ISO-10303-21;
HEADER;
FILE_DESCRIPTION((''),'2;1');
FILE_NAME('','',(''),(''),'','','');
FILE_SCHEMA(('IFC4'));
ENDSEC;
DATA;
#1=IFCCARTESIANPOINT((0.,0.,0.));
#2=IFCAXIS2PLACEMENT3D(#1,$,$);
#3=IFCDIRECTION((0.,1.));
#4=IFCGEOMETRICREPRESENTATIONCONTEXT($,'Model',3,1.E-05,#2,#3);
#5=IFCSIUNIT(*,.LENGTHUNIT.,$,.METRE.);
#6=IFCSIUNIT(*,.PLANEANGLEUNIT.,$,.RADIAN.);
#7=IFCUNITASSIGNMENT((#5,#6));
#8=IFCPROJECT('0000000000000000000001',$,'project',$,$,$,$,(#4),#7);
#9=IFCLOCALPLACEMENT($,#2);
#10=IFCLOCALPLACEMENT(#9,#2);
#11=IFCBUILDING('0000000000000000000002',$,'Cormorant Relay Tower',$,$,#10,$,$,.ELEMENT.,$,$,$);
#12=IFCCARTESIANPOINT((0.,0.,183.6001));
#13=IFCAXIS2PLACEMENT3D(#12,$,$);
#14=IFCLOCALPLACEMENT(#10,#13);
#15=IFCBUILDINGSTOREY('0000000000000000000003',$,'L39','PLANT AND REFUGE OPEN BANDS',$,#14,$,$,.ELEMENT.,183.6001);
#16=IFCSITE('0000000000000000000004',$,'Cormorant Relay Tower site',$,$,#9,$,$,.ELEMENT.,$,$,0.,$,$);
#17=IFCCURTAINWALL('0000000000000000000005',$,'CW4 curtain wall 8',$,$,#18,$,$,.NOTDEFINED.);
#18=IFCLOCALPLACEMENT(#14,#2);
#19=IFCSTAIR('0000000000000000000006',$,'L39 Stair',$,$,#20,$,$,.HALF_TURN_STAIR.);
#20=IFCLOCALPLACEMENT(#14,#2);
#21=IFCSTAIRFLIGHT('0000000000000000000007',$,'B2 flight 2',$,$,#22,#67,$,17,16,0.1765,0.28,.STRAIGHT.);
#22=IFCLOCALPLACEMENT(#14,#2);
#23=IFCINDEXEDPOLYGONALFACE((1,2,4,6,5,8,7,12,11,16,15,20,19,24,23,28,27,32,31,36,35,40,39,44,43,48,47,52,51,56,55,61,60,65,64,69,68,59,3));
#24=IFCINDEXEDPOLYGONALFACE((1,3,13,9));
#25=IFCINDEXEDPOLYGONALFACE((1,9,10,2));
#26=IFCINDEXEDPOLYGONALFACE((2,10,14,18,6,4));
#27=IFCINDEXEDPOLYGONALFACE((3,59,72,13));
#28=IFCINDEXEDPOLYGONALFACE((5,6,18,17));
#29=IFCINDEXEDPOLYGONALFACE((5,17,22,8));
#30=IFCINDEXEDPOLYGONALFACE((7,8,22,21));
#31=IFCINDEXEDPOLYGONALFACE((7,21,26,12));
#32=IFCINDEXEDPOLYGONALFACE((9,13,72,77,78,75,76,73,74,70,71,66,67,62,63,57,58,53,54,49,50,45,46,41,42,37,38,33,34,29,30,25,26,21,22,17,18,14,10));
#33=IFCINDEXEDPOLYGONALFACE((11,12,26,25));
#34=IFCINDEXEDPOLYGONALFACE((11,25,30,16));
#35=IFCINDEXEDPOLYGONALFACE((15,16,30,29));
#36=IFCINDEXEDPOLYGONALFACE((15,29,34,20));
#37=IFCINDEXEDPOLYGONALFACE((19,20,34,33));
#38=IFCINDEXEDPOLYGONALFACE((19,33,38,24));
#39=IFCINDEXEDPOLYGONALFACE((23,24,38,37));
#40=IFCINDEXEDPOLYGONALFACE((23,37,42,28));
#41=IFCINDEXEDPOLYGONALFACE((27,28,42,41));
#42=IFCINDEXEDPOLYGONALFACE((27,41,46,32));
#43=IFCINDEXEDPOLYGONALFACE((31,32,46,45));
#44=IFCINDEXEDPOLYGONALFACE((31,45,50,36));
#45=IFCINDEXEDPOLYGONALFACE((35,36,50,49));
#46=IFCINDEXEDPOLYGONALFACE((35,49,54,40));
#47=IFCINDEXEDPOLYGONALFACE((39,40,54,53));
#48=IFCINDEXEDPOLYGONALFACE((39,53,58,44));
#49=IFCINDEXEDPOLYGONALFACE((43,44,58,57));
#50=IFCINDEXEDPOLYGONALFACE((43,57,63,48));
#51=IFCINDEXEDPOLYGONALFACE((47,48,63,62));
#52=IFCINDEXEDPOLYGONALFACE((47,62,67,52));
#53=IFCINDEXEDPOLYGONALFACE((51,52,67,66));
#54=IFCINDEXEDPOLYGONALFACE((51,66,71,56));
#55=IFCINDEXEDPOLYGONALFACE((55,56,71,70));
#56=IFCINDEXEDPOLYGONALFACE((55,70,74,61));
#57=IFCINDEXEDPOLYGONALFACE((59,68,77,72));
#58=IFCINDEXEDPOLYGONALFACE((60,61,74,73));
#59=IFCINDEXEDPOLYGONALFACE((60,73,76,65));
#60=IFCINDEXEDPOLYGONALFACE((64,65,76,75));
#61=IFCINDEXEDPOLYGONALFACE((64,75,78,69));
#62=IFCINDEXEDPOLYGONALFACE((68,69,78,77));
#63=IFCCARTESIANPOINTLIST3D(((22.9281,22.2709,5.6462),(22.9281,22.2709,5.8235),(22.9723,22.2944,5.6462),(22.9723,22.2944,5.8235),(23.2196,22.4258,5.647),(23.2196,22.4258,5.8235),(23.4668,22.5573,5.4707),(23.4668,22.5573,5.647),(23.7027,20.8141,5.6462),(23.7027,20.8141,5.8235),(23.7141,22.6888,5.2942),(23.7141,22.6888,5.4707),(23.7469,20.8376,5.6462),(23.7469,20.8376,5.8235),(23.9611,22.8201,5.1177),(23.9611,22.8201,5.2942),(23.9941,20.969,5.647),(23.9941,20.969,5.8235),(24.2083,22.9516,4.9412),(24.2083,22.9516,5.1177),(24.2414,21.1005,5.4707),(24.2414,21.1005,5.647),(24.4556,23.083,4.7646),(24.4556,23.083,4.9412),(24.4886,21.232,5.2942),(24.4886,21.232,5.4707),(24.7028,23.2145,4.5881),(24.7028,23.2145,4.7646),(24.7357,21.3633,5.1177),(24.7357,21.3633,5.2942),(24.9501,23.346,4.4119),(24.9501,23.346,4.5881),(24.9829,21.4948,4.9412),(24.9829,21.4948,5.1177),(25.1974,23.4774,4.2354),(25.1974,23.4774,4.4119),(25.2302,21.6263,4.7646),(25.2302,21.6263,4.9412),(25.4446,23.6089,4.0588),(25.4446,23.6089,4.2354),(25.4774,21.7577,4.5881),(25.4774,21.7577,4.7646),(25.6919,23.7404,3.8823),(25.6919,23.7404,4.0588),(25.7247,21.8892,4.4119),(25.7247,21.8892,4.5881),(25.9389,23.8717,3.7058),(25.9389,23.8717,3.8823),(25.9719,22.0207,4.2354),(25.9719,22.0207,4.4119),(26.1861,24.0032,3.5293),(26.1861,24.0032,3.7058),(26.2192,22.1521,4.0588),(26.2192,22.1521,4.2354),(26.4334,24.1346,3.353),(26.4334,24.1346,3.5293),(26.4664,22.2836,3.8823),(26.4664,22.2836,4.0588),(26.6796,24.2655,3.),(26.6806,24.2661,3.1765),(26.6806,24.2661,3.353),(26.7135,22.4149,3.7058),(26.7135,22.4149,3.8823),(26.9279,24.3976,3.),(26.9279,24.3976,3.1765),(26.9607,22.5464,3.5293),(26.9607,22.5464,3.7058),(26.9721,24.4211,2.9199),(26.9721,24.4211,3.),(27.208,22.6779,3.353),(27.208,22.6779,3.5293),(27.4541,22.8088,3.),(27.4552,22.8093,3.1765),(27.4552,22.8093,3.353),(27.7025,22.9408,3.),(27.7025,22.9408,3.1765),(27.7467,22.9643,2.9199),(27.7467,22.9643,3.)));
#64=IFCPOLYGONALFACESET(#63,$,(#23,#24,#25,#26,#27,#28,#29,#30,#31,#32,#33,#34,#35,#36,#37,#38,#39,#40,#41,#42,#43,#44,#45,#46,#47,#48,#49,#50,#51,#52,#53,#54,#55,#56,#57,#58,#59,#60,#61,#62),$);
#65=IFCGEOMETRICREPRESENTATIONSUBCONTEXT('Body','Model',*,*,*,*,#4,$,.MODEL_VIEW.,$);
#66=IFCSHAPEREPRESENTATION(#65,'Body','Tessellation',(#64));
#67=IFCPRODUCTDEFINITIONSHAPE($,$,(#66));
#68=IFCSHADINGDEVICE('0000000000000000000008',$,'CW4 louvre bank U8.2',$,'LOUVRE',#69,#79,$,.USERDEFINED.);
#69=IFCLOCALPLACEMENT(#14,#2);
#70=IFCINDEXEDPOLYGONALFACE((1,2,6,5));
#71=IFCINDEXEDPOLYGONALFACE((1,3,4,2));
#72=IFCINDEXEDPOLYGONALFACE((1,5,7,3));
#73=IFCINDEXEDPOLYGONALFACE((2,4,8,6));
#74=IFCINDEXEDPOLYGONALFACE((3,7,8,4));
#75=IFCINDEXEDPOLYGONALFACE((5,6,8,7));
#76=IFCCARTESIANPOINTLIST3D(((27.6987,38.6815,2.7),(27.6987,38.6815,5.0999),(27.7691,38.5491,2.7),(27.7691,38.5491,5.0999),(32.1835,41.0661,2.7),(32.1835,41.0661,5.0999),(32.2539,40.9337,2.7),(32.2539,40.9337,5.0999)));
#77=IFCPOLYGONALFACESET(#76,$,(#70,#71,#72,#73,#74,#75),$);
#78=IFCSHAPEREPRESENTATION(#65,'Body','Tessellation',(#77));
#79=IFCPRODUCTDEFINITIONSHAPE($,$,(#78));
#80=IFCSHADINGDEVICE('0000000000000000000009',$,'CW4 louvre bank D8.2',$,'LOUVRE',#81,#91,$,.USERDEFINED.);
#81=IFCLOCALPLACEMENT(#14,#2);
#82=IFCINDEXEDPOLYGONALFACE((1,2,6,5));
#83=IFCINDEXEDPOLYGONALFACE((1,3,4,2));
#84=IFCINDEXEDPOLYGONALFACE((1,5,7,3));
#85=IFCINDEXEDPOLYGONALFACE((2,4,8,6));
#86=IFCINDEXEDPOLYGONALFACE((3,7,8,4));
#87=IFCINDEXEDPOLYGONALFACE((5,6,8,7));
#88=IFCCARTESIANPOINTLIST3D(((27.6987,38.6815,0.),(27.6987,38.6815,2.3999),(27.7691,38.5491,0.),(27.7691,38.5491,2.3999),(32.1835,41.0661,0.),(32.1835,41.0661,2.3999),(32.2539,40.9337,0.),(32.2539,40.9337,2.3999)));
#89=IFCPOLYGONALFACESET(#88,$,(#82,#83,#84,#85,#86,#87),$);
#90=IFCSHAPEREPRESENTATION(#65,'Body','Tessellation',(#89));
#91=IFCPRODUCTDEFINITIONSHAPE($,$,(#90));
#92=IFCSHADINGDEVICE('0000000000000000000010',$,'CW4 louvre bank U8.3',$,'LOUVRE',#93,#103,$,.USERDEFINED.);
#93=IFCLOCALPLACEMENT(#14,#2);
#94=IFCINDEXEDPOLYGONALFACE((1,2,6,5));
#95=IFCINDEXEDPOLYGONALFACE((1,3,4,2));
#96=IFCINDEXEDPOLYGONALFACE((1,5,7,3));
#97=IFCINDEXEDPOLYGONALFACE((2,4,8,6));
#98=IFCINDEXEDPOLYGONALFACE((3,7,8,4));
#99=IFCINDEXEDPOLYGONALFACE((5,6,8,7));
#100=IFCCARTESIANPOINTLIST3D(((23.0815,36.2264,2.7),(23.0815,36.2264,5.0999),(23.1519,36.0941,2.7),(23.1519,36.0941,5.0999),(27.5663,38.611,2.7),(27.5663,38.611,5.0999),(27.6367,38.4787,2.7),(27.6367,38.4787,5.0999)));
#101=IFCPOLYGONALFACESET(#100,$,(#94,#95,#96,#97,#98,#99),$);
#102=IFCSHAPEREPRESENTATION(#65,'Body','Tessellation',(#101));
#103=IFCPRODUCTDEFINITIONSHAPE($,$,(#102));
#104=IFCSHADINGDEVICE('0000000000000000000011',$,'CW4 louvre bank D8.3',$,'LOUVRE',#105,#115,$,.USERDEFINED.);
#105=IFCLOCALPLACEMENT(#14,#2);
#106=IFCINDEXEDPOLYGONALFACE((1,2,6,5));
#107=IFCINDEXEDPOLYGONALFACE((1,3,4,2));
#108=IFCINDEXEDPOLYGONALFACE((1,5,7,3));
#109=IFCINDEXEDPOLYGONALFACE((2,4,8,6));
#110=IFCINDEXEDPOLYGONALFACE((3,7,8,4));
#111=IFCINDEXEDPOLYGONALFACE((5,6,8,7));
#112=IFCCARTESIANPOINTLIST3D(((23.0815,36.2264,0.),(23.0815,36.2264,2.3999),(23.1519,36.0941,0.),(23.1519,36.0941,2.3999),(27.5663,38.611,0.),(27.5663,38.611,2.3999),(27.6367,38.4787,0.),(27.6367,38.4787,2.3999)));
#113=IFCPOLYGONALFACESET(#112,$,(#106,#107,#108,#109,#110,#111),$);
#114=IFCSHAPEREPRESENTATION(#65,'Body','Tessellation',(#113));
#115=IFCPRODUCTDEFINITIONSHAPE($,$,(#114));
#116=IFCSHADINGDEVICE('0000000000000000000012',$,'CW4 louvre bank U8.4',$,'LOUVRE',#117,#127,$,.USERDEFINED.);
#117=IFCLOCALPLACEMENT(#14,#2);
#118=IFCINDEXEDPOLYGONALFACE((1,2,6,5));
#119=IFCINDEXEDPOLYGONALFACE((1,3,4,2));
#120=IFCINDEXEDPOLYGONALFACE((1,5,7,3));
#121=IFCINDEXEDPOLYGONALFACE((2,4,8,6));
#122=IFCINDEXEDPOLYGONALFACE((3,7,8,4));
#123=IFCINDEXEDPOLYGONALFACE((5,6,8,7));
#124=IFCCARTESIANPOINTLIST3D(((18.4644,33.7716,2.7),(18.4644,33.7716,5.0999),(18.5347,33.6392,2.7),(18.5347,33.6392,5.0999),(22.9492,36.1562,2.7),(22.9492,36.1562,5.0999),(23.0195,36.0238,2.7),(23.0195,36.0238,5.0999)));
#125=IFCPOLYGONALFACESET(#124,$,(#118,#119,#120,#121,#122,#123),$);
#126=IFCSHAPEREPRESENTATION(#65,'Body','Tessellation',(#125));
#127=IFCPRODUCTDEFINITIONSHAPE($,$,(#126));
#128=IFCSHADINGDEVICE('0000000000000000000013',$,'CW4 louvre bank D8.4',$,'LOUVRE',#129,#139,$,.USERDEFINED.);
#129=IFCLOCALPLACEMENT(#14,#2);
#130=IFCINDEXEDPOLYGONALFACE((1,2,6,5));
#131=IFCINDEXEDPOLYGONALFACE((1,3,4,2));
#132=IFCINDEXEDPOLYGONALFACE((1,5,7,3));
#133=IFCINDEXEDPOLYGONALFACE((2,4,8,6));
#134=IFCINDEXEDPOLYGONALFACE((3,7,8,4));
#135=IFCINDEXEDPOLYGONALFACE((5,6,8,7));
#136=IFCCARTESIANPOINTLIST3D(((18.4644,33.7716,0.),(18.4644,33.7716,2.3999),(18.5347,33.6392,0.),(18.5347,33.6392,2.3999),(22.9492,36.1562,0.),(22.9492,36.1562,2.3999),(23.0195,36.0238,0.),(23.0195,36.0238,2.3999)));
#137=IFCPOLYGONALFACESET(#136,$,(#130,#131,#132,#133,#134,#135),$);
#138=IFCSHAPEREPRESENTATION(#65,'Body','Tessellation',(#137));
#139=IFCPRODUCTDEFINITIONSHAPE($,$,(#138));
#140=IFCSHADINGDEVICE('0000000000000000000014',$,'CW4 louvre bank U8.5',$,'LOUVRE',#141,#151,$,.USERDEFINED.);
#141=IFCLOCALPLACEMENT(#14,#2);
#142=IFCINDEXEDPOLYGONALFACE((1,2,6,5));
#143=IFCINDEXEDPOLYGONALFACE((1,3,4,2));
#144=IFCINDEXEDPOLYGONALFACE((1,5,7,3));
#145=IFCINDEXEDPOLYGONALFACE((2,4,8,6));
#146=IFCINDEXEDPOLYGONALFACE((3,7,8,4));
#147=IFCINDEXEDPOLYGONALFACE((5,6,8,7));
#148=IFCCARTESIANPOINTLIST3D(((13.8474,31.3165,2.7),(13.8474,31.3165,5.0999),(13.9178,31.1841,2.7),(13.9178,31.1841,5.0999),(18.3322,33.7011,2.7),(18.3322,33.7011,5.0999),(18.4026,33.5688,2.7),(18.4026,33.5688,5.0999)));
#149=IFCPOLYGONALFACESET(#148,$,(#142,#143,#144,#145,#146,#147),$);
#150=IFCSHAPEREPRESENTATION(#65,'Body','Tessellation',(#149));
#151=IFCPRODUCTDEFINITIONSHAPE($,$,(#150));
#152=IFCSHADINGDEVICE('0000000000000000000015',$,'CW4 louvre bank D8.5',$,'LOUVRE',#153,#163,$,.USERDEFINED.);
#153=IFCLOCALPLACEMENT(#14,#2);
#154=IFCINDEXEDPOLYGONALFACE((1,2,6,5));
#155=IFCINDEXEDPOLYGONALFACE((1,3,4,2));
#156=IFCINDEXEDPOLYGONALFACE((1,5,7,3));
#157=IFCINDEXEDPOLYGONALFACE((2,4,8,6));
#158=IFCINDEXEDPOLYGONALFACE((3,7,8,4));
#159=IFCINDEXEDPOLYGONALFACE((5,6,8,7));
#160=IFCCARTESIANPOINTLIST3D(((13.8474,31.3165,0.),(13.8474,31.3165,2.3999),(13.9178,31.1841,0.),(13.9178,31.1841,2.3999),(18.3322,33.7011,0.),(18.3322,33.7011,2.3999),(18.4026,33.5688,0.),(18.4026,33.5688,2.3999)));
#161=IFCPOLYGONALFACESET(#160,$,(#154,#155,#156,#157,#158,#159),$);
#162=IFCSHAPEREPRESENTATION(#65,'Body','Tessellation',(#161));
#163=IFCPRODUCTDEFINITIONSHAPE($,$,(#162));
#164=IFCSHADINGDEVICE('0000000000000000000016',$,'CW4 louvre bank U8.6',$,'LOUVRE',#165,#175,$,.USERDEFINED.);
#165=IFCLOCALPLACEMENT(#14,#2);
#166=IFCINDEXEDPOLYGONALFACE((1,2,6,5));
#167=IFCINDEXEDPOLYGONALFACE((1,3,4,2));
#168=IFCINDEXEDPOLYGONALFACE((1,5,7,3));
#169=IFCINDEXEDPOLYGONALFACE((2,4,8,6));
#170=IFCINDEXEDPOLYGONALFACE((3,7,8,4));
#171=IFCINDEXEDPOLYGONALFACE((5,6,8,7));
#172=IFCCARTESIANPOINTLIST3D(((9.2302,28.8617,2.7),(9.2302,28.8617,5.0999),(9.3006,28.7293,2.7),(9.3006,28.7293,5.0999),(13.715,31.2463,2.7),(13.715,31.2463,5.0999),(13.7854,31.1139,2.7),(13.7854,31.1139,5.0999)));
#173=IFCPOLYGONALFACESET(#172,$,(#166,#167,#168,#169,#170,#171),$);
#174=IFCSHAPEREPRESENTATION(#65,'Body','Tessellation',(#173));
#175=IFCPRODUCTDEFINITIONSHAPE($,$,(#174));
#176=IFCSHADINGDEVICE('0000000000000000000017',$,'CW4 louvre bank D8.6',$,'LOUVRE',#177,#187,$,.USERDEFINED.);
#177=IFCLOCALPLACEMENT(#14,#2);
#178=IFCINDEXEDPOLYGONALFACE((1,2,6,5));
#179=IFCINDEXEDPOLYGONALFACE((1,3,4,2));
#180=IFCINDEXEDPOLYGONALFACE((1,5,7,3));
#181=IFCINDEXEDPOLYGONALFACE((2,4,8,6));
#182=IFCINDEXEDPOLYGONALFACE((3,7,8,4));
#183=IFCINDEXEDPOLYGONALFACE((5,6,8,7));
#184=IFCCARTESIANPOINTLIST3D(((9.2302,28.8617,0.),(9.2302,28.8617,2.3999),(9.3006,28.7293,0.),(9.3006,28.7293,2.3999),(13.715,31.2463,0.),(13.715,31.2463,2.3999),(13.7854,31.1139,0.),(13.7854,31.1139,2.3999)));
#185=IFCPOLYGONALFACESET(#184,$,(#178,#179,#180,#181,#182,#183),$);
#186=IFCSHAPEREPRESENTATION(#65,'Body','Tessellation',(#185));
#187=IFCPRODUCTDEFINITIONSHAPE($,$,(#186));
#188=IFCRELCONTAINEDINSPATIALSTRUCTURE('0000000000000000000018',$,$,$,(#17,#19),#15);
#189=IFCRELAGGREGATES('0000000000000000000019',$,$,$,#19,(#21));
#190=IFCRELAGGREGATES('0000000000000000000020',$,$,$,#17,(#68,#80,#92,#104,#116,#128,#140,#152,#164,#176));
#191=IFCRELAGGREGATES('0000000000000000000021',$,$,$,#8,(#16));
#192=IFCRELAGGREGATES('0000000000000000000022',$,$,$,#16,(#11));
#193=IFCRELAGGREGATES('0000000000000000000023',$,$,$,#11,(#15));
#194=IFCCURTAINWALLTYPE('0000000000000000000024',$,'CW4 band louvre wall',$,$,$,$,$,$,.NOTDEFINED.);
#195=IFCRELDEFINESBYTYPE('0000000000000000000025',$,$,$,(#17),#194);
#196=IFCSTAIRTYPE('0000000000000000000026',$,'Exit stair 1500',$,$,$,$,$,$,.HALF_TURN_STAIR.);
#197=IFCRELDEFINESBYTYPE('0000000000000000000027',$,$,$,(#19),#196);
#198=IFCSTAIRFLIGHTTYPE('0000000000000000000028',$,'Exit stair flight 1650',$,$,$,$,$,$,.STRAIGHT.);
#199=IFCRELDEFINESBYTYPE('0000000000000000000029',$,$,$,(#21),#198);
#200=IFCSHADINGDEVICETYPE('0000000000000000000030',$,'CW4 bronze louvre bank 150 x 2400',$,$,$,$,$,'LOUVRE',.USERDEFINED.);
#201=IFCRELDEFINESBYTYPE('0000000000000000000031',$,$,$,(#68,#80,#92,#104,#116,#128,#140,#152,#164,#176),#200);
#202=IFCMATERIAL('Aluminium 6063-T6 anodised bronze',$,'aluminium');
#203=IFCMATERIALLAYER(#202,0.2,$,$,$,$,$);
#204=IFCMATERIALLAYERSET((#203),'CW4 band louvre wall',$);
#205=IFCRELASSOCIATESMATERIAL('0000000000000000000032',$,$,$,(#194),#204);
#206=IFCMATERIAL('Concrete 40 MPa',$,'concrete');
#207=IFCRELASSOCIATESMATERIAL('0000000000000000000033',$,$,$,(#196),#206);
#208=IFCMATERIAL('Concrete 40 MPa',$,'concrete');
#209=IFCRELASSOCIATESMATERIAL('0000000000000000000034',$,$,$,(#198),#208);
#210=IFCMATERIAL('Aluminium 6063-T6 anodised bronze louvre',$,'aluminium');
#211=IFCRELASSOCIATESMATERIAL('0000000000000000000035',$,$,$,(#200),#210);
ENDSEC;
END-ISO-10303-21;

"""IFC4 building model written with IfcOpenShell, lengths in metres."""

from ifc_helpers import new_model, si_unit, direction, frame, origin, origin_2d, place, context, subcontext, project, spatial, polyline, rectangle, outline, extrude, material, layer, layer_set, type_object, element, aggregate, save


model = new_model("IFC4")

# Units and contexts
model_context = context("Model", 3, precision=1e-05, world=origin(), true_north=direction((0.0, 1.0)))
body_context = subcontext(model_context, "Body", "Model", "MODEL_VIEW")
ifc_project = project(units=[si_unit("LENGTHUNIT", "METRE"), si_unit("PLANEANGLEUNIT", "RADIAN")], contexts=[model_context])

# Site, building, storey
site_placement = place(None, origin())
site = spatial("IfcSite", under=ifc_project, at=site_placement, Name="Cormorant Relay Tower site", CompositionType="ELEMENT", RefElevation=0.0)
building_placement = place(site_placement, origin())
building = spatial("IfcBuilding", under=site, at=building_placement, Name="Cormorant Relay Tower", CompositionType="ELEMENT")
storey_placement = place(building_placement, frame((0.0, 0.0, 183.6001)))
storey = spatial("IfcBuildingStorey", under=building, at=storey_placement, Name="L39", Description="PLANT AND REFUGE OPEN BANDS", CompositionType="ELEMENT", Elevation=183.6001)

# Curtain wall
ifc_material_1 = material(Name="Aluminium 6063-T6 anodised bronze", Category="aluminium")
ifc_layer_1 = layer(ifc_material_1, 0.2)
ifc_layer_set_1 = layer_set([ifc_layer_1], Name="CW4 band louvre wall")
curtain_wall_type = type_object("IfcCurtainWallType", Name="CW4 band louvre wall", PredefinedType="NOTDEFINED", material=ifc_layer_set_1)
curtain_wall_1_placement = place(storey_placement, origin())
curtain_wall_1 = element("IfcCurtainWall", 1, at=curtain_wall_1_placement, inside=storey, type_object=curtain_wall_type, Name="CW4 curtain wall 8", PredefinedType="NOTDEFINED")

# Stair, stair flight
ifc_material_2 = material(Name="Concrete 40 MPa", Category="concrete")
stair_type = type_object("IfcStairType", Name="Exit stair 1500", PredefinedType="HALF_TURN_STAIR", material=ifc_material_2)
stair_placement = place(storey_placement, origin())
stair = element("IfcStair", 2, at=stair_placement, inside=storey, type_object=stair_type, Name="L39 Stair", PredefinedType="HALF_TURN_STAIR")
ifc_material_3 = material(Name="Concrete 40 MPa", Category="concrete")
stair_flight_type = type_object("IfcStairFlightType", Name="Exit stair flight 1650", PredefinedType="STRAIGHT", material=ifc_material_3)
stair_flight_placement = place(storey_placement, frame((27.3152, 23.6692, 3.0), z_axis=(0.0, 0.0, 1.0), x_axis=(-0.882948, -0.469472, 0.0)))
stair_flight = element("IfcStairFlight", 3, at=stair_flight_placement, type_object=stair_flight_type, Name="B2 flight 2", NumberOfRisers=17, NumberOfTreads=16, PredefinedType="STRAIGHT", RiserHeight=0.1765, TreadLength=0.28, context=body_context, shape_type="SweptSolid", body=[
    extrude(outline(polyline([(-0.05, -0.0801), (-0.05, 0.0), (0.0, 0.0), (0.0, 0.1765), (0.28, 0.1765), (0.28, 0.353), (0.5601, 0.353), (0.5601, 0.5293), (0.8401, 0.5293), (0.8401, 0.7058), (1.1201, 0.7058), (1.1201, 0.8823), (1.3999, 0.8823), (1.3999, 1.0588), (1.6799, 1.0588), (1.6799, 1.2354), (1.96, 1.2354), (1.96, 1.4119), (2.24, 1.4119), (2.24, 1.5881), (2.52, 1.5881), (2.52, 1.7646), (2.8, 1.7646), (2.8, 1.9412), (3.0801, 1.9412), (3.0801, 2.1177), (3.3601, 2.1177), (3.3601, 2.2942), (3.6399, 2.2942), (3.6399, 2.4707), (3.9199, 2.4707), (3.9199, 2.647), (4.2, 2.647), (4.2, 2.8235), (4.48, 2.8235), (4.53, 2.8235), (4.53, 2.6462), (4.48, 2.6462), (0.2812, 0.0), (-0.05, -0.0801)])), frame((0.0, 0.825, 0.0), z_axis=(0.0, -1.0, 0.0), x_axis=(1.0, 0.0, 0.0)), (0.0, 0.0, 1.0), 1.6499),
])
aggregate(stair, [stair_flight])

# Shading devices
ifc_material_4 = material(Name="Aluminium 6063-T6 anodised bronze louvre", Category="aluminium")
shading_device_type = type_object("IfcShadingDeviceType", Name="CW4 bronze louvre bank 150 x 2400", ElementType="LOUVRE", PredefinedType="USERDEFINED", material=ifc_material_4)
shading_device_1_placement = place(storey_placement, frame((29.9763, 39.8076, 2.7), z_axis=(0.0, 0.0, 1.0), x_axis=(-0.882948, -0.469472, 0.0)))
shading_device_1 = element("IfcShadingDevice", 4, at=shading_device_1_placement, type_object=shading_device_type, Name="CW4 louvre bank U8.2", ObjectType="LOUVRE", PredefinedType="USERDEFINED", context=body_context, shape_type="SweptSolid", body=[
    extrude(rectangle(XDim=5.0793, YDim=0.1499, at=origin_2d()), origin(), (0.0, 0.0, 1.0), 2.3999),
])
shading_device_2_placement = place(storey_placement, frame((29.9763, 39.8076, 0.0), z_axis=(0.0, 0.0, 1.0), x_axis=(-0.882948, -0.469472, 0.0)))
shading_device_2 = element("IfcShadingDevice", 5, at=shading_device_2_placement, type_object=shading_device_type, Name="CW4 louvre bank D8.2", ObjectType="LOUVRE", PredefinedType="USERDEFINED", context=body_context, shape_type="SweptSolid", body=[
    extrude(rectangle(XDim=5.0793, YDim=0.1499, at=origin_2d()), origin(), (0.0, 0.0, 1.0), 2.3999),
])
shading_device_3_placement = place(storey_placement, frame((25.3591, 37.3525, 2.7), z_axis=(0.0, 0.0, 1.0), x_axis=(-0.882948, -0.469472, 0.0)))
shading_device_3 = element("IfcShadingDevice", 6, at=shading_device_3_placement, type_object=shading_device_type, Name="CW4 louvre bank U8.3", ObjectType="LOUVRE", PredefinedType="USERDEFINED", context=body_context, shape_type="SweptSolid", body=[
    extrude(rectangle(XDim=5.0793, YDim=0.1499, at=origin_2d()), origin(), (0.0, 0.0, 1.0), 2.3999),
])
shading_device_4_placement = place(storey_placement, frame((25.3591, 37.3525, 0.0), z_axis=(0.0, 0.0, 1.0), x_axis=(-0.882948, -0.469472, 0.0)))
shading_device_4 = element("IfcShadingDevice", 7, at=shading_device_4_placement, type_object=shading_device_type, Name="CW4 louvre bank D8.3", ObjectType="LOUVRE", PredefinedType="USERDEFINED", context=body_context, shape_type="SweptSolid", body=[
    extrude(rectangle(XDim=5.0793, YDim=0.1499, at=origin_2d()), origin(), (0.0, 0.0, 1.0), 2.3999),
])
shading_device_5_placement = place(storey_placement, frame((20.7419, 34.8977, 2.7), z_axis=(0.0, 0.0, 1.0), x_axis=(-0.882948, -0.469472, 0.0)))
shading_device_5 = element("IfcShadingDevice", 8, at=shading_device_5_placement, type_object=shading_device_type, Name="CW4 louvre bank U8.4", ObjectType="LOUVRE", PredefinedType="USERDEFINED", context=body_context, shape_type="SweptSolid", body=[
    extrude(rectangle(XDim=5.0793, YDim=0.1499, at=origin_2d()), origin(), (0.0, 0.0, 1.0), 2.3999),
])
shading_device_6_placement = place(storey_placement, frame((20.7419, 34.8977, 0.0), z_axis=(0.0, 0.0, 1.0), x_axis=(-0.882948, -0.469472, 0.0)))
shading_device_6 = element("IfcShadingDevice", 9, at=shading_device_6_placement, type_object=shading_device_type, Name="CW4 louvre bank D8.4", ObjectType="LOUVRE", PredefinedType="USERDEFINED", context=body_context, shape_type="SweptSolid", body=[
    extrude(rectangle(XDim=5.0793, YDim=0.1499, at=origin_2d()), origin(), (0.0, 0.0, 1.0), 2.3999),
])
shading_device_7_placement = place(storey_placement, frame((16.125, 32.4426, 2.7), z_axis=(0.0, 0.0, 1.0), x_axis=(-0.882948, -0.469472, 0.0)))
shading_device_7 = element("IfcShadingDevice", 10, at=shading_device_7_placement, type_object=shading_device_type, Name="CW4 louvre bank U8.5", ObjectType="LOUVRE", PredefinedType="USERDEFINED", context=body_context, shape_type="SweptSolid", body=[
    extrude(rectangle(XDim=5.0793, YDim=0.1499, at=origin_2d()), origin(), (0.0, 0.0, 1.0), 2.3999),
])
shading_device_8_placement = place(storey_placement, frame((16.125, 32.4426, 0.0), z_axis=(0.0, 0.0, 1.0), x_axis=(-0.882948, -0.469472, 0.0)))
shading_device_8 = element("IfcShadingDevice", 11, at=shading_device_8_placement, type_object=shading_device_type, Name="CW4 louvre bank D8.5", ObjectType="LOUVRE", PredefinedType="USERDEFINED", context=body_context, shape_type="SweptSolid", body=[
    extrude(rectangle(XDim=5.0793, YDim=0.1499, at=origin_2d()), origin(), (0.0, 0.0, 1.0), 2.3999),
])
shading_device_9_placement = place(storey_placement, frame((11.5078, 29.9878, 2.7), z_axis=(0.0, 0.0, 1.0), x_axis=(-0.882948, -0.469472, 0.0)))
shading_device_9 = element("IfcShadingDevice", 12, at=shading_device_9_placement, type_object=shading_device_type, Name="CW4 louvre bank U8.6", ObjectType="LOUVRE", PredefinedType="USERDEFINED", context=body_context, shape_type="SweptSolid", body=[
    extrude(rectangle(XDim=5.0793, YDim=0.1499, at=origin_2d()), origin(), (0.0, 0.0, 1.0), 2.3999),
])
shading_device_10_placement = place(storey_placement, frame((11.5078, 29.9878, 0.0), z_axis=(0.0, 0.0, 1.0), x_axis=(-0.882948, -0.469472, 0.0)))
shading_device_10 = element("IfcShadingDevice", 13, at=shading_device_10_placement, type_object=shading_device_type, Name="CW4 louvre bank D8.6", ObjectType="LOUVRE", PredefinedType="USERDEFINED", context=body_context, shape_type="SweptSolid", body=[
    extrude(rectangle(XDim=5.0793, YDim=0.1499, at=origin_2d()), origin(), (0.0, 0.0, 1.0), 2.3999),
])
aggregate(curtain_wall_1, [shading_device_1, shading_device_2, shading_device_3, shading_device_4, shading_device_5, shading_device_6, shading_device_7, shading_device_8, shading_device_9, shading_device_10])

save(model, "model.ifc")
